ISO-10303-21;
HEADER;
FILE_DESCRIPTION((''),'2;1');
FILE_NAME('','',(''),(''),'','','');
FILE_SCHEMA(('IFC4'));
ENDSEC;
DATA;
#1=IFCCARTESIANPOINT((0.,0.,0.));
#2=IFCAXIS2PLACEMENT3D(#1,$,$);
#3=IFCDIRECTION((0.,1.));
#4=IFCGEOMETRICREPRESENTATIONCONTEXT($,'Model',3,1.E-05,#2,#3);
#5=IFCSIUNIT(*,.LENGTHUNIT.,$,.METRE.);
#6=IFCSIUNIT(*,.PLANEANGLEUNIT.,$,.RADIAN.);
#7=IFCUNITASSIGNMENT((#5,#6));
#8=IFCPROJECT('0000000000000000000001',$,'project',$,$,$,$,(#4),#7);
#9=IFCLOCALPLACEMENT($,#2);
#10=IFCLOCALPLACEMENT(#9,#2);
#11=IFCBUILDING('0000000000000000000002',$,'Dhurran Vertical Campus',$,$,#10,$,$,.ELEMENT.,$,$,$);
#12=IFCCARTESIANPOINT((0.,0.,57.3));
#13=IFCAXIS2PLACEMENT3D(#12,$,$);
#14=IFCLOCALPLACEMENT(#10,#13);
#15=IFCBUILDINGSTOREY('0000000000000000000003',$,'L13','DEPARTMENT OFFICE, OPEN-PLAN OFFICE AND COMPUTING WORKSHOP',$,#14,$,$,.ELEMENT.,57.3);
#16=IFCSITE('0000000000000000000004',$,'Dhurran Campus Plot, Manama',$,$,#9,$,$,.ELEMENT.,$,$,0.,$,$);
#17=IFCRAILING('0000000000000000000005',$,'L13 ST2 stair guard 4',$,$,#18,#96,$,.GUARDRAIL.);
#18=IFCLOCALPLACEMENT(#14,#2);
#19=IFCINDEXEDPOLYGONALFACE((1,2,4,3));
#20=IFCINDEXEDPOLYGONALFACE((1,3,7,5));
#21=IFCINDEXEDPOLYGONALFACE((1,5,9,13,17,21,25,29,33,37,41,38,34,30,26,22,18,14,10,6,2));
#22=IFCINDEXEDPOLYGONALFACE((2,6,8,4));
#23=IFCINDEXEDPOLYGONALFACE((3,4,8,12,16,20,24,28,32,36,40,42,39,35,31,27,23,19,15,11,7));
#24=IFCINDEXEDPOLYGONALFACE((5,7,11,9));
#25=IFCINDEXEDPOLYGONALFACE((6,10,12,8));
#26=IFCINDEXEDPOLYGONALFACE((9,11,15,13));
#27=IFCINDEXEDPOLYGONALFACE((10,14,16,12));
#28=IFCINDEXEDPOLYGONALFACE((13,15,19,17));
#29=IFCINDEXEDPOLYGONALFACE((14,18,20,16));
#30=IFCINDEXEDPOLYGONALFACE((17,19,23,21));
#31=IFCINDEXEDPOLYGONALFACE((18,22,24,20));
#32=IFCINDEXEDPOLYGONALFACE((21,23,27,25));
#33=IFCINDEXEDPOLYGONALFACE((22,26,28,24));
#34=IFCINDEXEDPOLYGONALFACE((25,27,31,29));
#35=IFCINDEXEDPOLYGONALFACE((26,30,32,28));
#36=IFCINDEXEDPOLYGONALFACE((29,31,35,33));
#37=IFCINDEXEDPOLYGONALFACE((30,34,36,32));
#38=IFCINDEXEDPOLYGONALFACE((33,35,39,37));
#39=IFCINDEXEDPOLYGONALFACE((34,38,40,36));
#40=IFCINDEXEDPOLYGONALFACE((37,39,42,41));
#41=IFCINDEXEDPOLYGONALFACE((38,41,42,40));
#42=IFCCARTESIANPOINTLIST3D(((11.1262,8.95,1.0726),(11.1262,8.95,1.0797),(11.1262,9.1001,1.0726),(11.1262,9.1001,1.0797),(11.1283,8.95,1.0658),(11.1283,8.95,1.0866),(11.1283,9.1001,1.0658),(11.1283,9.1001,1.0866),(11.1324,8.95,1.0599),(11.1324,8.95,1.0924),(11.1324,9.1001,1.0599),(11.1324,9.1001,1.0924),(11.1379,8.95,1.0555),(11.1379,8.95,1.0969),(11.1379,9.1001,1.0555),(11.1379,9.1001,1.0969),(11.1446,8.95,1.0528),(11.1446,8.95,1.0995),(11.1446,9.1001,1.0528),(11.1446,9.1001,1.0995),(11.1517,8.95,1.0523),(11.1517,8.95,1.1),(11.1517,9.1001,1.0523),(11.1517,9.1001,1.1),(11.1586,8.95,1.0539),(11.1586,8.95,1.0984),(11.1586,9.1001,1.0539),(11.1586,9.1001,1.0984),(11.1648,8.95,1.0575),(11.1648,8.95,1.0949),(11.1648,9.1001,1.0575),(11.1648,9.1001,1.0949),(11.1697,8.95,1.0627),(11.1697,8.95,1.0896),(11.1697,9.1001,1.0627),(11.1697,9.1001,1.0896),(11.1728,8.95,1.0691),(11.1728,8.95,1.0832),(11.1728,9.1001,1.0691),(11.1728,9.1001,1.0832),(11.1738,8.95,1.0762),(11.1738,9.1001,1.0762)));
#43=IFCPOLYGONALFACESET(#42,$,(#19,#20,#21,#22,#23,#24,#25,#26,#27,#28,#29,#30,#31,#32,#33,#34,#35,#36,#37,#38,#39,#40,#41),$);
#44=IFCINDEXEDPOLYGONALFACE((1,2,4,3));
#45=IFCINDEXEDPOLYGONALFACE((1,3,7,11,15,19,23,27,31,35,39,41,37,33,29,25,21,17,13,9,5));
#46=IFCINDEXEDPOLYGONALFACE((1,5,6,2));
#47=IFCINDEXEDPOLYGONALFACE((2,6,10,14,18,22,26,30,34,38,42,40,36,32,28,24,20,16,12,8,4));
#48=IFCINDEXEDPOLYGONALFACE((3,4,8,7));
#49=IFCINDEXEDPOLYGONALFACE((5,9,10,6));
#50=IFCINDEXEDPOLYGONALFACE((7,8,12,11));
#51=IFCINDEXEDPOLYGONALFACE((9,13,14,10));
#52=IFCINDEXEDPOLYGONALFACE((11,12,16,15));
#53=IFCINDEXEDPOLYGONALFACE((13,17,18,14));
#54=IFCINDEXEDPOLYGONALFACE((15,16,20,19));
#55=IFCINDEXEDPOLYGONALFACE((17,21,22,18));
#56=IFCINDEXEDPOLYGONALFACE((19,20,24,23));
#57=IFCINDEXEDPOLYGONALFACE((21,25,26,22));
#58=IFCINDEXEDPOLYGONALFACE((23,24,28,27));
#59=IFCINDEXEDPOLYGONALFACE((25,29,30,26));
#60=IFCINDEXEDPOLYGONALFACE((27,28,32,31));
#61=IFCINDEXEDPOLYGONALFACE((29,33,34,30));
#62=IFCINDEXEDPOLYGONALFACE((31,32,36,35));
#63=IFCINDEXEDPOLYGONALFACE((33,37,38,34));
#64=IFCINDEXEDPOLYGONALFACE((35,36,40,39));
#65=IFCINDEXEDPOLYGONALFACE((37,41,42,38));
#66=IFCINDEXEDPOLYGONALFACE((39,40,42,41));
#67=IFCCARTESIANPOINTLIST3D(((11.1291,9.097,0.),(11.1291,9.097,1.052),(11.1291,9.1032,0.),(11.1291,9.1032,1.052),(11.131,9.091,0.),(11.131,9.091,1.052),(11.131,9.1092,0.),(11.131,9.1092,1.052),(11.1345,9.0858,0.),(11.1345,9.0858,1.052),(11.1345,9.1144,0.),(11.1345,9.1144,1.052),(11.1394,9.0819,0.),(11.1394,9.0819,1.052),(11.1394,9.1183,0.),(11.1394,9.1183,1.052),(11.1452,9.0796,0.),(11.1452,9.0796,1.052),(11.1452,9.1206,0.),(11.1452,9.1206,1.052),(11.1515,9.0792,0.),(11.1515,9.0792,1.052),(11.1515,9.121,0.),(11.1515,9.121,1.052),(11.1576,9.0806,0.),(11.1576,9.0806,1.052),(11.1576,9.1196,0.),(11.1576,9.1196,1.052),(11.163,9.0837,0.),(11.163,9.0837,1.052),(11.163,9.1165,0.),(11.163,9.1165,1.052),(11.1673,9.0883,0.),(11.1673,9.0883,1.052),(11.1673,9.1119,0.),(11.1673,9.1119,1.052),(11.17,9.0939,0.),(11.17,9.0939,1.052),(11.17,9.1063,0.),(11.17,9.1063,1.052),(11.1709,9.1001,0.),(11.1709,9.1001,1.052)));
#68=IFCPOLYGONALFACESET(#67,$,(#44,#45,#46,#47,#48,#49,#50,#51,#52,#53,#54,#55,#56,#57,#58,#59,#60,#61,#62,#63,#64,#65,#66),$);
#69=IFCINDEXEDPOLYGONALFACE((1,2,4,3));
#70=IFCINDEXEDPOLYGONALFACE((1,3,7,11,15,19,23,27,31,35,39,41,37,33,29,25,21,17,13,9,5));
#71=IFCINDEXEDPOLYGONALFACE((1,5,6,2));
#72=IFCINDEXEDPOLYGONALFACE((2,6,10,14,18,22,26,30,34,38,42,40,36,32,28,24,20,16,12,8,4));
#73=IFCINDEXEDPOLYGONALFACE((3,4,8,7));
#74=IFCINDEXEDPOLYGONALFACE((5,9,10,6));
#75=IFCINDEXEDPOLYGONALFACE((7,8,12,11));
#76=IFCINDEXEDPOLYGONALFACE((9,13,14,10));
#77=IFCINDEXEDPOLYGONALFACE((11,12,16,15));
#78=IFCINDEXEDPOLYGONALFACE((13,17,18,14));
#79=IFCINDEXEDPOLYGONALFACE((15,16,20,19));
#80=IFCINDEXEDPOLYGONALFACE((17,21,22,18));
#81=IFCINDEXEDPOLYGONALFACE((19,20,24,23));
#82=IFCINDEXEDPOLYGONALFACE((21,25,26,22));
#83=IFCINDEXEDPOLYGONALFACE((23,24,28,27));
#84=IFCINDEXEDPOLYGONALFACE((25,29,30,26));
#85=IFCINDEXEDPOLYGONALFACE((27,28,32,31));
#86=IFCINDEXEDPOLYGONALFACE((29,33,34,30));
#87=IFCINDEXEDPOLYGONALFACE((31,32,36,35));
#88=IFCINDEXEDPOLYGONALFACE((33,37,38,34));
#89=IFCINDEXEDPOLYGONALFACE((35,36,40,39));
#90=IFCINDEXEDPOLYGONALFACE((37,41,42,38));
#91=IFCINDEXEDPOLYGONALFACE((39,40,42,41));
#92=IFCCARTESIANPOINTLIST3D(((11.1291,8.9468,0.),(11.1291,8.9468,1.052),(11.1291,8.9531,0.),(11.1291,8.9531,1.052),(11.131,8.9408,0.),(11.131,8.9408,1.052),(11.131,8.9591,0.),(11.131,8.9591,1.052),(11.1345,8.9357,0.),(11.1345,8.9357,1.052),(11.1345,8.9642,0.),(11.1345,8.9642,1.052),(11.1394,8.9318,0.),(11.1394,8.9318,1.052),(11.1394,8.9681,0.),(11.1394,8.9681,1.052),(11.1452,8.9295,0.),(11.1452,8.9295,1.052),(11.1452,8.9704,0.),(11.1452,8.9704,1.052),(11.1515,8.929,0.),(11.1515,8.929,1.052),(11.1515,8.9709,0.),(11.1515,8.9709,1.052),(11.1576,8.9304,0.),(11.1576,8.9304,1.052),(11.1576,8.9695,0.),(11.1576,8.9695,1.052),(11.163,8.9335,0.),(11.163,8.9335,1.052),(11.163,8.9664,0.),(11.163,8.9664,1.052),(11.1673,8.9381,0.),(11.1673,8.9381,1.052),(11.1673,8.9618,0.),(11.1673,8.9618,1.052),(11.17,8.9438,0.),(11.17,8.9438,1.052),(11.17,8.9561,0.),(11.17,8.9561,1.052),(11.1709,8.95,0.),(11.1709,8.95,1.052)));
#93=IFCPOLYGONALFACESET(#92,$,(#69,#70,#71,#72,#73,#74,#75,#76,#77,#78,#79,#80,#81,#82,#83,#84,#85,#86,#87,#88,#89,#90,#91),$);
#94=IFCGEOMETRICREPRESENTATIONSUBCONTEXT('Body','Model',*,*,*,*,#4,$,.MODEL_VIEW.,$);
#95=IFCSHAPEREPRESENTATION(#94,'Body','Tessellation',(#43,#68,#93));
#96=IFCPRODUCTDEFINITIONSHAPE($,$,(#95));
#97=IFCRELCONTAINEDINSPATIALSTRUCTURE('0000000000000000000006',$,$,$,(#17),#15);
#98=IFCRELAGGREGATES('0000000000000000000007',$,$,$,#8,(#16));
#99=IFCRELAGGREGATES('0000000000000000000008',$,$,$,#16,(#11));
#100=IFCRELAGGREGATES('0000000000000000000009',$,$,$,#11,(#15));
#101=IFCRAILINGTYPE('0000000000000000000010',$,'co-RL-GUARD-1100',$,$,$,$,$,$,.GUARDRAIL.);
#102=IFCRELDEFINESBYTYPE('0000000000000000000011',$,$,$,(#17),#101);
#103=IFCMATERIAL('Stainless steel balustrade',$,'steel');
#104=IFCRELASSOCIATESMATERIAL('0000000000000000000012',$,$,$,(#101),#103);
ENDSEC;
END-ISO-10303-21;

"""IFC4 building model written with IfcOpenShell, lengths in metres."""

from ifc_helpers import new_model, si_unit, direction, frame, origin, origin_2d, place, context, subcontext, project, spatial, circle, extrude, material, type_object, element, save


model = new_model("IFC4")

# Units and contexts
model_context = context("Model", 3, precision=1e-05, world=origin(), true_north=direction((0.0, 1.0)))
body_context = subcontext(model_context, "Body", "Model", "MODEL_VIEW")
ifc_project = project(units=[si_unit("LENGTHUNIT", "METRE"), si_unit("PLANEANGLEUNIT", "RADIAN")], contexts=[model_context])

# Site, building, storey
site_placement = place(None, origin())
site = spatial("IfcSite", under=ifc_project, at=site_placement, Name="Dhurran Campus Plot, Manama", CompositionType="ELEMENT", RefElevation=0.0)
building_placement = place(site_placement, origin())
building = spatial("IfcBuilding", under=site, at=building_placement, Name="Dhurran Vertical Campus", CompositionType="ELEMENT")
storey_placement = place(building_placement, frame((0.0, 0.0, 57.3)))
storey = spatial("IfcBuildingStorey", under=building, at=storey_placement, Name="L13", Description="DEPARTMENT OFFICE, OPEN-PLAN OFFICE AND COMPUTING WORKSHOP", CompositionType="ELEMENT", Elevation=57.3)

# Railing
ifc_material_1 = material(Name="Stainless steel balustrade", Category="steel")
railing_type_1 = type_object("IfcRailingType", Name="co-RL-GUARD-1100", PredefinedType="GUARDRAIL", material=ifc_material_1)
railing_1_placement = place(storey_placement, frame((11.1499, 9.1001, 0.0)))
element("IfcRailing", 1, at=railing_1_placement, inside=storey, type_object=railing_type_1, Name="L13 ST2 stair guard 4", PredefinedType="GUARDRAIL", context=body_context, shape_type="SweptSolid", body=[
    extrude(circle(Radius=0.0239, at=origin_2d()), frame((0.0, 0.0, 1.0762), z_axis=(0.0, -1.0, 0.0), x_axis=(1.0, 0.0, 0.0)), (0.0, 0.0, 1.0), 0.1501),
    extrude(circle(Radius=0.021, at=origin_2d()), origin(), (0.0, 0.0, 1.0), 1.052),
    extrude(circle(Radius=0.021, at=origin_2d()), frame((0.0, -0.1501, 0.0)), (0.0, 0.0, 1.0), 1.052),
])

save(model, "model.ifc")
